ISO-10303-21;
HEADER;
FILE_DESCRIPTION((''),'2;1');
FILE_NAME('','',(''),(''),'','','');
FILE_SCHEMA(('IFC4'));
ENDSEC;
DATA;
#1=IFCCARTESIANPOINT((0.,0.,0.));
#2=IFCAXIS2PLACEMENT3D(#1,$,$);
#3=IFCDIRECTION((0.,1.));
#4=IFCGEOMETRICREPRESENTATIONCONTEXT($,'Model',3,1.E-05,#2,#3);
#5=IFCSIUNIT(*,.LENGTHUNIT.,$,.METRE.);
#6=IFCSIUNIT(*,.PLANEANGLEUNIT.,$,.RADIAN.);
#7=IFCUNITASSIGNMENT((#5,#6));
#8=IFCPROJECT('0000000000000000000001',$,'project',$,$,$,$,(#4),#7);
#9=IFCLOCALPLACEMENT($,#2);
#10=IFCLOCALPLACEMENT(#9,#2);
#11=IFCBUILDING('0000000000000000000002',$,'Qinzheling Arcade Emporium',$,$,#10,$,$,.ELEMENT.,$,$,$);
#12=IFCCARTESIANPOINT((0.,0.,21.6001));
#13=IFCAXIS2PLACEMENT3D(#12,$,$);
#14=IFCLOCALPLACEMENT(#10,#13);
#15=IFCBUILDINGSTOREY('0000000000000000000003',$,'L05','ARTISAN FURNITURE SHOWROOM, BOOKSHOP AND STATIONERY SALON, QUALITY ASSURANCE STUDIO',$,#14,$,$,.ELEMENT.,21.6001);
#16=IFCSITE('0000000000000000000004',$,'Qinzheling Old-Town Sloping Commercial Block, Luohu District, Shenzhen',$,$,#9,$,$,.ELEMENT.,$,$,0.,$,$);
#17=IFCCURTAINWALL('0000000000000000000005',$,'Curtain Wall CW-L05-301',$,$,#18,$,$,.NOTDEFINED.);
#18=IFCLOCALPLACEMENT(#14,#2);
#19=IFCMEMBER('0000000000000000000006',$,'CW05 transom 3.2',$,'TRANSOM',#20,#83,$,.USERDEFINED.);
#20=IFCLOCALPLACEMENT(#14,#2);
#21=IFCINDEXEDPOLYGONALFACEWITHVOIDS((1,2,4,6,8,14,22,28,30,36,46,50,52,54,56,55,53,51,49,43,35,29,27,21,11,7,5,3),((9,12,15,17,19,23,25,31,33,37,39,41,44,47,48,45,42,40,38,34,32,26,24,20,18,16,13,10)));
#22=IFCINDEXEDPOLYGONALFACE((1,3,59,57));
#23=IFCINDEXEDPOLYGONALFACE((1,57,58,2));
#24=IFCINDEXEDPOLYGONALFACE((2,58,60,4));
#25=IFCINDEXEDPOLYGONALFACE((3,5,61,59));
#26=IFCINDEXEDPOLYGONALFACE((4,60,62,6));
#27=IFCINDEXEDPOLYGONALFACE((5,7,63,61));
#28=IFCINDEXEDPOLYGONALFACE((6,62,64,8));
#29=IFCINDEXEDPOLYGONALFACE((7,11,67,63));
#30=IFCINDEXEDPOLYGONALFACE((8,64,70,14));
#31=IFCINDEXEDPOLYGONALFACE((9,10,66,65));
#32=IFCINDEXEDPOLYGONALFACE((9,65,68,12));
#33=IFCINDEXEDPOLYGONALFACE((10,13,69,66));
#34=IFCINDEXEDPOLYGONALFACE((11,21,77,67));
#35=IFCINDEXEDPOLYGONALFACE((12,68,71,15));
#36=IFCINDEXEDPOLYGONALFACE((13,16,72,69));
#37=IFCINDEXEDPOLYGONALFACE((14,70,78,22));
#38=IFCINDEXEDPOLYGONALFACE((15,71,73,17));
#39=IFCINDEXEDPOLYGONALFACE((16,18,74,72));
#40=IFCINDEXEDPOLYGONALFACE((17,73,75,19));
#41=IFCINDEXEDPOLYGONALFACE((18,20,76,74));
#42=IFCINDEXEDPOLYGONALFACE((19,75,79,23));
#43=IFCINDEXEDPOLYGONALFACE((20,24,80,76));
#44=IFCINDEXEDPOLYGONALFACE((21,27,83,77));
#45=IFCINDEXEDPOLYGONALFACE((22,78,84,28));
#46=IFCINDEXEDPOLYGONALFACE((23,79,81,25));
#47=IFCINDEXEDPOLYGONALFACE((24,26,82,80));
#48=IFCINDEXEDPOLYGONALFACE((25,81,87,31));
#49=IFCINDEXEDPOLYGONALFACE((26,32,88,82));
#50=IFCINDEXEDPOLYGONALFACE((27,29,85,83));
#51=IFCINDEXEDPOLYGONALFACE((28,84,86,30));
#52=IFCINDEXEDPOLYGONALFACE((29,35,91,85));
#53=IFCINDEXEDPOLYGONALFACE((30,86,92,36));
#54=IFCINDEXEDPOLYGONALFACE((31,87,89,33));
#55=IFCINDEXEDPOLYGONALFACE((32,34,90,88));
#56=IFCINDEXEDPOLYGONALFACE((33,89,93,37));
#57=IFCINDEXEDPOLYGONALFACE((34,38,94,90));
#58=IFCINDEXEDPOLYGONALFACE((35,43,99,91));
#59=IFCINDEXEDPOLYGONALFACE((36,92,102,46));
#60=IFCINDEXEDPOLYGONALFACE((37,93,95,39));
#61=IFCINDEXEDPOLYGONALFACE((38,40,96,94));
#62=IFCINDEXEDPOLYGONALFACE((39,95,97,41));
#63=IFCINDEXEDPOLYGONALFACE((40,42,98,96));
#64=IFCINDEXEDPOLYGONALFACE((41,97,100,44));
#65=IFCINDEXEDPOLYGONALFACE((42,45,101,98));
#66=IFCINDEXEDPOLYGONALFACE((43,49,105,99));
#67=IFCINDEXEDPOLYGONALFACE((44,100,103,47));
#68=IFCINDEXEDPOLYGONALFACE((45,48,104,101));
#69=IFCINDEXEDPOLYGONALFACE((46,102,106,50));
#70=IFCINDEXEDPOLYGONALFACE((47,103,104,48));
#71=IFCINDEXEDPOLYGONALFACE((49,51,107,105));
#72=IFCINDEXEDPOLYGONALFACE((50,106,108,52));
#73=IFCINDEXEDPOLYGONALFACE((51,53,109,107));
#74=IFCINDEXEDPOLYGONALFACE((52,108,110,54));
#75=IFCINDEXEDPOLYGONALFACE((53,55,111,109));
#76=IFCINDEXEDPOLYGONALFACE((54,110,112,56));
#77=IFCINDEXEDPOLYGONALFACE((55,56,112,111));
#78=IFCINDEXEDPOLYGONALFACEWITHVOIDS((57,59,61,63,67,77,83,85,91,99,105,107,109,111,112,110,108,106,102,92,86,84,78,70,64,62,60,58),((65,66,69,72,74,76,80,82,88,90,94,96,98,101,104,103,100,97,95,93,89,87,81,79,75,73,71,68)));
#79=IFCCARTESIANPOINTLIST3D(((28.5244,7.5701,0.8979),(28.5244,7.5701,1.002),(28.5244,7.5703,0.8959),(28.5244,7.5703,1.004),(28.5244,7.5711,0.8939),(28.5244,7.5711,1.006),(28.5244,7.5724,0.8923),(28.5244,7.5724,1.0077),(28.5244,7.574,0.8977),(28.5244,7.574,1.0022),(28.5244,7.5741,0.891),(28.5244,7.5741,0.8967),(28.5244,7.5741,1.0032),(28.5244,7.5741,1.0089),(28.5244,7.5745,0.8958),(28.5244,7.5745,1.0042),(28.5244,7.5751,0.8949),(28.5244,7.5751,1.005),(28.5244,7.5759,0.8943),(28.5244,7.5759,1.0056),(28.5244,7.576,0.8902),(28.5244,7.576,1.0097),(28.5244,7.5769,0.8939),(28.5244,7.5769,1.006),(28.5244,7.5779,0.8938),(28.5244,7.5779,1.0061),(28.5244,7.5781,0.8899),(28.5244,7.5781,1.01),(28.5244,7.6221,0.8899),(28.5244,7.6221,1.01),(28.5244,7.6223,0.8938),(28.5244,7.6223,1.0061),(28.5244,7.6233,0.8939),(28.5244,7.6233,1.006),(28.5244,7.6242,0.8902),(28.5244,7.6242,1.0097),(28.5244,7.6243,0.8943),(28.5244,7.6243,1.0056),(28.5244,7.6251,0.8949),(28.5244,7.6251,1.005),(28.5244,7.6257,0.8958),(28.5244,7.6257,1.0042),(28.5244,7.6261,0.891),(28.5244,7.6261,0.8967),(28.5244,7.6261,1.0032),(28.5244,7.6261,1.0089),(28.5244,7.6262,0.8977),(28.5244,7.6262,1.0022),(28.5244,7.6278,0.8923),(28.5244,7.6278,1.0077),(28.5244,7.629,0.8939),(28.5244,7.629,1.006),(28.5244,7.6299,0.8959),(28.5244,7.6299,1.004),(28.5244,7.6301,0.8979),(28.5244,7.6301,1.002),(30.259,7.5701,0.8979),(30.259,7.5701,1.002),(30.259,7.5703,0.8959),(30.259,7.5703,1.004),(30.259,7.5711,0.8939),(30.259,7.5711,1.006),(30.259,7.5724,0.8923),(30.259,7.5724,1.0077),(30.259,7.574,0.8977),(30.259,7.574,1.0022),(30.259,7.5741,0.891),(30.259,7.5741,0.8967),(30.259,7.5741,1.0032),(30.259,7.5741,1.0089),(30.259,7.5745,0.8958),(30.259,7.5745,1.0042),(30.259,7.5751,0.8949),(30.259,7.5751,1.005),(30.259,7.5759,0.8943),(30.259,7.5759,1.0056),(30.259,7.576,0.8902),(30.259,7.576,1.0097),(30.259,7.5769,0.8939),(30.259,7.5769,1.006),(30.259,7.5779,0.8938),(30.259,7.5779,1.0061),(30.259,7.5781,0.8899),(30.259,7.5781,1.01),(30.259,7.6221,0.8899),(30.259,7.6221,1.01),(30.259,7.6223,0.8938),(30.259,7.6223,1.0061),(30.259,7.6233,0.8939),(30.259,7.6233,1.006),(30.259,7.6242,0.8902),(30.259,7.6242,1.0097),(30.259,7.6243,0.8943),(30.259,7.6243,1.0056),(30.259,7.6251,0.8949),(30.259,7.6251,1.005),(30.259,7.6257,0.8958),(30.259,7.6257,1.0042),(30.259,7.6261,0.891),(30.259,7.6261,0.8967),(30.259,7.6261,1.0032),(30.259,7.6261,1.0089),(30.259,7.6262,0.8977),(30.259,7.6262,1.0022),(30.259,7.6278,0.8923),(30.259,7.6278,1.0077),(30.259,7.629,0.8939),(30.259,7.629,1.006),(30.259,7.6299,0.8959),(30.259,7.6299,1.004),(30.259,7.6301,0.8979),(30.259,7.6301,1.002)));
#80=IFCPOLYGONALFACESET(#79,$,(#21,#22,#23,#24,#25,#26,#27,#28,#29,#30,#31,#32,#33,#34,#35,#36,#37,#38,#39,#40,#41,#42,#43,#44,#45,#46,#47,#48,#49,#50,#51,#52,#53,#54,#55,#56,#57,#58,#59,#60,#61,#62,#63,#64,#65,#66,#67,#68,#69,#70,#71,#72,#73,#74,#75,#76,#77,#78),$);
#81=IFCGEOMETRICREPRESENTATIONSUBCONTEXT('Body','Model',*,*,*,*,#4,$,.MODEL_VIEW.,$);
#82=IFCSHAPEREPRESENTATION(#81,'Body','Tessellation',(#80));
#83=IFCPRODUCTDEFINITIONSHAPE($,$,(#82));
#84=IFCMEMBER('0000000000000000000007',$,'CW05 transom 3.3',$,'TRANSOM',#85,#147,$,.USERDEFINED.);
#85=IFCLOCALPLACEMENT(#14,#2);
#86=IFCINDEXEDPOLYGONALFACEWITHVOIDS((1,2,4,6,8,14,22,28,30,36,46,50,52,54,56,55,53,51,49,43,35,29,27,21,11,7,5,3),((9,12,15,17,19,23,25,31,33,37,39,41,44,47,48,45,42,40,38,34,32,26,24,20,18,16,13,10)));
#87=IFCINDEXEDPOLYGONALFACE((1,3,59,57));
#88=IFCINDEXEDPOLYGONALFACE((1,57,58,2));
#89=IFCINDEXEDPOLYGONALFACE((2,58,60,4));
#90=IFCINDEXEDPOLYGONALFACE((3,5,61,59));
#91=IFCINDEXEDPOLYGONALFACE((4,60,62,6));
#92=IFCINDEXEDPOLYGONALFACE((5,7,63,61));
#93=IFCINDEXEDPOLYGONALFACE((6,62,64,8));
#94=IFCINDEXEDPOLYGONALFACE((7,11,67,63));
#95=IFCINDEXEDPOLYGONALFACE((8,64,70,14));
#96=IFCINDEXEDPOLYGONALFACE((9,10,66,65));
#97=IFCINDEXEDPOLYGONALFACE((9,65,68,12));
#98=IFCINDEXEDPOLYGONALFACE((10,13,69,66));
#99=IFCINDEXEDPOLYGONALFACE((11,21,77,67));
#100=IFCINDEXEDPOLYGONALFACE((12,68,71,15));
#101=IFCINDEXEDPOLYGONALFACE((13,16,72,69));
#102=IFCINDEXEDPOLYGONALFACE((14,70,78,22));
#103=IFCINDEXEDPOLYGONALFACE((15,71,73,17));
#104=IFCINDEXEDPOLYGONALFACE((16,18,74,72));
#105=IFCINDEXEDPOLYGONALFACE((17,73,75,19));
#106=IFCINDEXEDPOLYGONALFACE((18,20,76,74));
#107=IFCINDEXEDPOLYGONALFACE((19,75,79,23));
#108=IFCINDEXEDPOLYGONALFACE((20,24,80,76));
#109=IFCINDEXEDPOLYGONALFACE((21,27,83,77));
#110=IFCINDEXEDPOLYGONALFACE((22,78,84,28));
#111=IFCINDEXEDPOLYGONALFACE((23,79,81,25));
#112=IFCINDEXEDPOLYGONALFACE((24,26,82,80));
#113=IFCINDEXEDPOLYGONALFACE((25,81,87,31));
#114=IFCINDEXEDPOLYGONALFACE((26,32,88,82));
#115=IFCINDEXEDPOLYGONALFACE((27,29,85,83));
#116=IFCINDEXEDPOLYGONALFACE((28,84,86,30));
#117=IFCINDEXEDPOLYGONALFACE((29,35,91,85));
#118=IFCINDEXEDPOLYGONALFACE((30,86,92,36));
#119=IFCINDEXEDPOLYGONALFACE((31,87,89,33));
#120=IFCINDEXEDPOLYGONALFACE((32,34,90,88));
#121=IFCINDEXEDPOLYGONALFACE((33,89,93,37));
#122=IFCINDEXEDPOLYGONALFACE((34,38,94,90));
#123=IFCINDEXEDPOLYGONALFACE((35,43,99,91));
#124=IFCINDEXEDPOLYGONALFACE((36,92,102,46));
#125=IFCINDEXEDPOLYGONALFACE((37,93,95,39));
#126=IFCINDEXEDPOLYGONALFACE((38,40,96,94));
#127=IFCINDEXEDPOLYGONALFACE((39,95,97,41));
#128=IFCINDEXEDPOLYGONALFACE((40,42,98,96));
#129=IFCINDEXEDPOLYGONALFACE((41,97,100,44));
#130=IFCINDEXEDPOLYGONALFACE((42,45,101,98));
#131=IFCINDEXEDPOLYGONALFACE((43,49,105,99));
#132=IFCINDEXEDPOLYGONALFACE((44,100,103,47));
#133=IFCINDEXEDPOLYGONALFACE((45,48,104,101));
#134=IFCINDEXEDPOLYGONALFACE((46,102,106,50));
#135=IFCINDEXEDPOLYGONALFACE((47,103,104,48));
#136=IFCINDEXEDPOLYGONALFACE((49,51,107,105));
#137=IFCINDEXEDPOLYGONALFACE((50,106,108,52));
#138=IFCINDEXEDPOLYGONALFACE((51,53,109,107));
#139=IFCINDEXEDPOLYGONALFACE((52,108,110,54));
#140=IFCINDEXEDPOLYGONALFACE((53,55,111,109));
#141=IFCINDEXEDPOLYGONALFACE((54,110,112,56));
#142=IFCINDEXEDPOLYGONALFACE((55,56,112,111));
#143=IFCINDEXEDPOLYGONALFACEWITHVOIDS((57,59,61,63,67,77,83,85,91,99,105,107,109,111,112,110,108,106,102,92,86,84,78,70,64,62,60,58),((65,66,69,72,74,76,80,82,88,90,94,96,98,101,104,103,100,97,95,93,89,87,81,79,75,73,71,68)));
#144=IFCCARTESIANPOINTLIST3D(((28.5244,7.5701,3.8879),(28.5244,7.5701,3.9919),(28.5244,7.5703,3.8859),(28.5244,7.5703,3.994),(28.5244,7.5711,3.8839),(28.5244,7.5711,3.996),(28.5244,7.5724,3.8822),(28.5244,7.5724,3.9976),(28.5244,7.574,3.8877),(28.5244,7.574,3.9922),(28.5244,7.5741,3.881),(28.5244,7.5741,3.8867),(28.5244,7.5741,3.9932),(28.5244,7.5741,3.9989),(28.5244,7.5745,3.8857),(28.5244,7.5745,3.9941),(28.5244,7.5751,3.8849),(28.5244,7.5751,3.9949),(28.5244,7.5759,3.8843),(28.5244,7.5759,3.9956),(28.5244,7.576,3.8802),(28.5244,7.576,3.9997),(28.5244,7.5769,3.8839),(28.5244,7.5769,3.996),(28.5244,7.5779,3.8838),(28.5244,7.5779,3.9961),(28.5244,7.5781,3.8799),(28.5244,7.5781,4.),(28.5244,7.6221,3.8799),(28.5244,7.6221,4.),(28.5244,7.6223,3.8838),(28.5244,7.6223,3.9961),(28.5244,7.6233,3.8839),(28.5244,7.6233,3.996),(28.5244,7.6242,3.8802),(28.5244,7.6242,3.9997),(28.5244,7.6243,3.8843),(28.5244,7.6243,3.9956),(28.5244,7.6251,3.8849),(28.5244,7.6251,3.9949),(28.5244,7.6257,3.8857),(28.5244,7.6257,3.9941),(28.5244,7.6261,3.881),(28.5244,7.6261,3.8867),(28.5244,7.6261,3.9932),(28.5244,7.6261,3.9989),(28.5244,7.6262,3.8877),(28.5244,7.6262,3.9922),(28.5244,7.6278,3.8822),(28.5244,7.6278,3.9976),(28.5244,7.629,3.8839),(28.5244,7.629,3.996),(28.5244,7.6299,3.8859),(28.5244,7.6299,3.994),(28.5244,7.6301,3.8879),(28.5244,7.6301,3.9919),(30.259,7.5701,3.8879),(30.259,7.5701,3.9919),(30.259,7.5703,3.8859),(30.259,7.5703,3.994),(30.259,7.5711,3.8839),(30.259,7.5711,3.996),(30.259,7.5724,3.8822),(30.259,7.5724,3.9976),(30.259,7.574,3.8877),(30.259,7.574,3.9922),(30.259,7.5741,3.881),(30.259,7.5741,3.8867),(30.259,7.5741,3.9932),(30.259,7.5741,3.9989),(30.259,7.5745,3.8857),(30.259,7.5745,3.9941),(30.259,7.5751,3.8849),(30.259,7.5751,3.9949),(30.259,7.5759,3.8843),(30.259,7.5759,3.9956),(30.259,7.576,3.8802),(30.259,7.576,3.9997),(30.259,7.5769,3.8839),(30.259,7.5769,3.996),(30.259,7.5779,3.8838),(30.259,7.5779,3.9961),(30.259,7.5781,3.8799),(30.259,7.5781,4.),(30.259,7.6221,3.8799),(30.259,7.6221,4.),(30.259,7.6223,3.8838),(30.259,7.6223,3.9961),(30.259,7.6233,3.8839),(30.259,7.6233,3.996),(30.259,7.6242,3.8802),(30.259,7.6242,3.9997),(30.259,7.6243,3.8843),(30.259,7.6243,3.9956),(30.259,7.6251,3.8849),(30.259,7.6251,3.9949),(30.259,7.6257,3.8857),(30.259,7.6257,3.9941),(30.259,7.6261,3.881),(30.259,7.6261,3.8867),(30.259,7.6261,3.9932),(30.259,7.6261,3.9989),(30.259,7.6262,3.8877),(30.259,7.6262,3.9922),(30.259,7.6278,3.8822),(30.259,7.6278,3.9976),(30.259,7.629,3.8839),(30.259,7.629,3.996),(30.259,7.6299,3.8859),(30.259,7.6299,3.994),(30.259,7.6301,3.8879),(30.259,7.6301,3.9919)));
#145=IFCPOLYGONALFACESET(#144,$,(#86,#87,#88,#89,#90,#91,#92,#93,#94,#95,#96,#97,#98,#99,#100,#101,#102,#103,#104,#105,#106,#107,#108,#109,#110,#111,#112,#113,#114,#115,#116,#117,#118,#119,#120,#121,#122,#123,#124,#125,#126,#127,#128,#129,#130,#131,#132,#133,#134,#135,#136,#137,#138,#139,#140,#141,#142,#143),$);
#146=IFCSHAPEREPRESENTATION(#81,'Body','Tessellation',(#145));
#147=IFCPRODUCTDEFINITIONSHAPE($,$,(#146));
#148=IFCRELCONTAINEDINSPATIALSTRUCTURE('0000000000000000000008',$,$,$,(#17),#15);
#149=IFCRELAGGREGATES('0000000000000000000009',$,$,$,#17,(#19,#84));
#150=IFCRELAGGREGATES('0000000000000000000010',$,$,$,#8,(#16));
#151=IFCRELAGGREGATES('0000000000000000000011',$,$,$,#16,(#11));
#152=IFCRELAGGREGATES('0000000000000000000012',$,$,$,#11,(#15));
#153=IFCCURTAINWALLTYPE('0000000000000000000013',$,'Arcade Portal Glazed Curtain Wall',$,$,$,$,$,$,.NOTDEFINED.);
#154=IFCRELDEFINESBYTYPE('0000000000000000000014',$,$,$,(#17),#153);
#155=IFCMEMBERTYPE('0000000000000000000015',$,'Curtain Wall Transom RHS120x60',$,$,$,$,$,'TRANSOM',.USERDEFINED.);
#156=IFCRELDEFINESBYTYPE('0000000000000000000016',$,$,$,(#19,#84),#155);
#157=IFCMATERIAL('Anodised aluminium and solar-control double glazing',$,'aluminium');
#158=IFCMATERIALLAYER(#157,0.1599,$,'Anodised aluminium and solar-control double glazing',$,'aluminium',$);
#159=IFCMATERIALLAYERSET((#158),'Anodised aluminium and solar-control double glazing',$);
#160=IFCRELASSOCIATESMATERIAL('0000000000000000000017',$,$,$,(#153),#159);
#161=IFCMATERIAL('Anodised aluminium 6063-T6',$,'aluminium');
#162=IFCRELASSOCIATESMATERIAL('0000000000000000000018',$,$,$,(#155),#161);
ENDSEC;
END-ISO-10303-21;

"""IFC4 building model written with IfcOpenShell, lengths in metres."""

from ifc_helpers import new_model, si_unit, direction, frame, origin, origin_2d, place, context, subcontext, project, spatial, hollow_rectangle, extrude, material, layer, layer_set, material_profile, profile_set, type_object, element, aggregate, save


model = new_model("IFC4")

# Units and contexts
model_context = context("Model", 3, precision=1e-05, world=origin(), true_north=direction((0.0, 1.0)))
body_context = subcontext(model_context, "Body", "Model", "MODEL_VIEW")
ifc_project = project(units=[si_unit("LENGTHUNIT", "METRE"), si_unit("PLANEANGLEUNIT", "RADIAN")], contexts=[model_context])

# Site, building, storey
site_placement = place(None, origin())
site = spatial("IfcSite", under=ifc_project, at=site_placement, Name="Qinzheling Old-Town Sloping Commercial Block, Luohu District, Shenzhen", CompositionType="ELEMENT", RefElevation=0.0)
building_placement = place(site_placement, origin())
building = spatial("IfcBuilding", under=site, at=building_placement, Name="Qinzheling Arcade Emporium", CompositionType="ELEMENT")
storey_placement = place(building_placement, frame((0.0, 0.0, 21.6001)))
storey = spatial("IfcBuildingStorey", under=building, at=storey_placement, Name="L05", Description="ARTISAN FURNITURE SHOWROOM, BOOKSHOP AND STATIONERY SALON, QUALITY ASSURANCE STUDIO", CompositionType="ELEMENT", Elevation=21.6001)

# Shared definitions
ifc_material_1 = material(Name="Anodised aluminium and solar-control double glazing", Category="aluminium")
ifc_layer_1 = layer(ifc_material_1, 0.1599, Name="Anodised aluminium and solar-control double glazing", Category="aluminium")
ifc_layer_set_1 = layer_set([ifc_layer_1], Name="Anodised aluminium and solar-control double glazing")
curtain_wall_type = type_object("IfcCurtainWallType", Name="Arcade Portal Glazed Curtain Wall", PredefinedType="NOTDEFINED", material=ifc_layer_set_1)
ifc_material_2 = material(Name="Anodised aluminium 6063-T6", Category="aluminium")

# Curtain wall, members
curtain_wall_1_placement = place(storey_placement, origin())
curtain_wall_1 = element("IfcCurtainWall", 1, at=curtain_wall_1_placement, inside=storey, type_object=curtain_wall_type, Name="Curtain Wall CW-L05-301", PredefinedType="NOTDEFINED")
ifc_material_profile_1 = material_profile(ifc_material_2, hollow_rectangle(XDim=0.0601, YDim=0.1201, WallThickness=0.0039, InnerFilletRadius=0.0039, OuterFilletRadius=0.0081, at=origin_2d()), Name="RHS 120x60x4", Category="aluminium")
ifc_profile_set_1 = profile_set([ifc_material_profile_1], Name="Anodised aluminium 6063-T6")
member_type_1 = type_object("IfcMemberType", Name="Curtain Wall Transom RHS120x60", ElementType="TRANSOM", PredefinedType="USERDEFINED", material=ifc_profile_set_1)
member_1_placement = place(storey_placement, frame((30.259, 7.6001, 0.95), z_axis=(-1.0, 0.0, 0.0), x_axis=(0.0, -1.0, 0.0)))
member_1 = element("IfcMember", 2, at=member_1_placement, type_object=member_type_1, Name="CW05 transom 3.2", ObjectType="TRANSOM", PredefinedType="USERDEFINED", context=body_context, shape_type="SweptSolid", body=[
    extrude(hollow_rectangle(XDim=0.0601, YDim=0.1201, WallThickness=0.0039, InnerFilletRadius=0.0039, OuterFilletRadius=0.0081, at=origin_2d()), origin(), (0.0, 0.0, 1.0), 1.7346),
])
member_2_placement = place(storey_placement, frame((30.259, 7.6001, 3.9399), z_axis=(-1.0, 0.0, 0.0), x_axis=(0.0, -1.0, 0.0)))
member_2 = element("IfcMember", 3, at=member_2_placement, type_object=member_type_1, Name="CW05 transom 3.3", ObjectType="TRANSOM", PredefinedType="USERDEFINED", context=body_context, shape_type="SweptSolid", body=[
    extrude(hollow_rectangle(XDim=0.0601, YDim=0.1201, WallThickness=0.0039, InnerFilletRadius=0.0039, OuterFilletRadius=0.0081, at=origin_2d()), origin(), (0.0, 0.0, 1.0), 1.7346),
])

aggregate(curtain_wall_1, [member_1, member_2])

save(model, "model.ifc")
